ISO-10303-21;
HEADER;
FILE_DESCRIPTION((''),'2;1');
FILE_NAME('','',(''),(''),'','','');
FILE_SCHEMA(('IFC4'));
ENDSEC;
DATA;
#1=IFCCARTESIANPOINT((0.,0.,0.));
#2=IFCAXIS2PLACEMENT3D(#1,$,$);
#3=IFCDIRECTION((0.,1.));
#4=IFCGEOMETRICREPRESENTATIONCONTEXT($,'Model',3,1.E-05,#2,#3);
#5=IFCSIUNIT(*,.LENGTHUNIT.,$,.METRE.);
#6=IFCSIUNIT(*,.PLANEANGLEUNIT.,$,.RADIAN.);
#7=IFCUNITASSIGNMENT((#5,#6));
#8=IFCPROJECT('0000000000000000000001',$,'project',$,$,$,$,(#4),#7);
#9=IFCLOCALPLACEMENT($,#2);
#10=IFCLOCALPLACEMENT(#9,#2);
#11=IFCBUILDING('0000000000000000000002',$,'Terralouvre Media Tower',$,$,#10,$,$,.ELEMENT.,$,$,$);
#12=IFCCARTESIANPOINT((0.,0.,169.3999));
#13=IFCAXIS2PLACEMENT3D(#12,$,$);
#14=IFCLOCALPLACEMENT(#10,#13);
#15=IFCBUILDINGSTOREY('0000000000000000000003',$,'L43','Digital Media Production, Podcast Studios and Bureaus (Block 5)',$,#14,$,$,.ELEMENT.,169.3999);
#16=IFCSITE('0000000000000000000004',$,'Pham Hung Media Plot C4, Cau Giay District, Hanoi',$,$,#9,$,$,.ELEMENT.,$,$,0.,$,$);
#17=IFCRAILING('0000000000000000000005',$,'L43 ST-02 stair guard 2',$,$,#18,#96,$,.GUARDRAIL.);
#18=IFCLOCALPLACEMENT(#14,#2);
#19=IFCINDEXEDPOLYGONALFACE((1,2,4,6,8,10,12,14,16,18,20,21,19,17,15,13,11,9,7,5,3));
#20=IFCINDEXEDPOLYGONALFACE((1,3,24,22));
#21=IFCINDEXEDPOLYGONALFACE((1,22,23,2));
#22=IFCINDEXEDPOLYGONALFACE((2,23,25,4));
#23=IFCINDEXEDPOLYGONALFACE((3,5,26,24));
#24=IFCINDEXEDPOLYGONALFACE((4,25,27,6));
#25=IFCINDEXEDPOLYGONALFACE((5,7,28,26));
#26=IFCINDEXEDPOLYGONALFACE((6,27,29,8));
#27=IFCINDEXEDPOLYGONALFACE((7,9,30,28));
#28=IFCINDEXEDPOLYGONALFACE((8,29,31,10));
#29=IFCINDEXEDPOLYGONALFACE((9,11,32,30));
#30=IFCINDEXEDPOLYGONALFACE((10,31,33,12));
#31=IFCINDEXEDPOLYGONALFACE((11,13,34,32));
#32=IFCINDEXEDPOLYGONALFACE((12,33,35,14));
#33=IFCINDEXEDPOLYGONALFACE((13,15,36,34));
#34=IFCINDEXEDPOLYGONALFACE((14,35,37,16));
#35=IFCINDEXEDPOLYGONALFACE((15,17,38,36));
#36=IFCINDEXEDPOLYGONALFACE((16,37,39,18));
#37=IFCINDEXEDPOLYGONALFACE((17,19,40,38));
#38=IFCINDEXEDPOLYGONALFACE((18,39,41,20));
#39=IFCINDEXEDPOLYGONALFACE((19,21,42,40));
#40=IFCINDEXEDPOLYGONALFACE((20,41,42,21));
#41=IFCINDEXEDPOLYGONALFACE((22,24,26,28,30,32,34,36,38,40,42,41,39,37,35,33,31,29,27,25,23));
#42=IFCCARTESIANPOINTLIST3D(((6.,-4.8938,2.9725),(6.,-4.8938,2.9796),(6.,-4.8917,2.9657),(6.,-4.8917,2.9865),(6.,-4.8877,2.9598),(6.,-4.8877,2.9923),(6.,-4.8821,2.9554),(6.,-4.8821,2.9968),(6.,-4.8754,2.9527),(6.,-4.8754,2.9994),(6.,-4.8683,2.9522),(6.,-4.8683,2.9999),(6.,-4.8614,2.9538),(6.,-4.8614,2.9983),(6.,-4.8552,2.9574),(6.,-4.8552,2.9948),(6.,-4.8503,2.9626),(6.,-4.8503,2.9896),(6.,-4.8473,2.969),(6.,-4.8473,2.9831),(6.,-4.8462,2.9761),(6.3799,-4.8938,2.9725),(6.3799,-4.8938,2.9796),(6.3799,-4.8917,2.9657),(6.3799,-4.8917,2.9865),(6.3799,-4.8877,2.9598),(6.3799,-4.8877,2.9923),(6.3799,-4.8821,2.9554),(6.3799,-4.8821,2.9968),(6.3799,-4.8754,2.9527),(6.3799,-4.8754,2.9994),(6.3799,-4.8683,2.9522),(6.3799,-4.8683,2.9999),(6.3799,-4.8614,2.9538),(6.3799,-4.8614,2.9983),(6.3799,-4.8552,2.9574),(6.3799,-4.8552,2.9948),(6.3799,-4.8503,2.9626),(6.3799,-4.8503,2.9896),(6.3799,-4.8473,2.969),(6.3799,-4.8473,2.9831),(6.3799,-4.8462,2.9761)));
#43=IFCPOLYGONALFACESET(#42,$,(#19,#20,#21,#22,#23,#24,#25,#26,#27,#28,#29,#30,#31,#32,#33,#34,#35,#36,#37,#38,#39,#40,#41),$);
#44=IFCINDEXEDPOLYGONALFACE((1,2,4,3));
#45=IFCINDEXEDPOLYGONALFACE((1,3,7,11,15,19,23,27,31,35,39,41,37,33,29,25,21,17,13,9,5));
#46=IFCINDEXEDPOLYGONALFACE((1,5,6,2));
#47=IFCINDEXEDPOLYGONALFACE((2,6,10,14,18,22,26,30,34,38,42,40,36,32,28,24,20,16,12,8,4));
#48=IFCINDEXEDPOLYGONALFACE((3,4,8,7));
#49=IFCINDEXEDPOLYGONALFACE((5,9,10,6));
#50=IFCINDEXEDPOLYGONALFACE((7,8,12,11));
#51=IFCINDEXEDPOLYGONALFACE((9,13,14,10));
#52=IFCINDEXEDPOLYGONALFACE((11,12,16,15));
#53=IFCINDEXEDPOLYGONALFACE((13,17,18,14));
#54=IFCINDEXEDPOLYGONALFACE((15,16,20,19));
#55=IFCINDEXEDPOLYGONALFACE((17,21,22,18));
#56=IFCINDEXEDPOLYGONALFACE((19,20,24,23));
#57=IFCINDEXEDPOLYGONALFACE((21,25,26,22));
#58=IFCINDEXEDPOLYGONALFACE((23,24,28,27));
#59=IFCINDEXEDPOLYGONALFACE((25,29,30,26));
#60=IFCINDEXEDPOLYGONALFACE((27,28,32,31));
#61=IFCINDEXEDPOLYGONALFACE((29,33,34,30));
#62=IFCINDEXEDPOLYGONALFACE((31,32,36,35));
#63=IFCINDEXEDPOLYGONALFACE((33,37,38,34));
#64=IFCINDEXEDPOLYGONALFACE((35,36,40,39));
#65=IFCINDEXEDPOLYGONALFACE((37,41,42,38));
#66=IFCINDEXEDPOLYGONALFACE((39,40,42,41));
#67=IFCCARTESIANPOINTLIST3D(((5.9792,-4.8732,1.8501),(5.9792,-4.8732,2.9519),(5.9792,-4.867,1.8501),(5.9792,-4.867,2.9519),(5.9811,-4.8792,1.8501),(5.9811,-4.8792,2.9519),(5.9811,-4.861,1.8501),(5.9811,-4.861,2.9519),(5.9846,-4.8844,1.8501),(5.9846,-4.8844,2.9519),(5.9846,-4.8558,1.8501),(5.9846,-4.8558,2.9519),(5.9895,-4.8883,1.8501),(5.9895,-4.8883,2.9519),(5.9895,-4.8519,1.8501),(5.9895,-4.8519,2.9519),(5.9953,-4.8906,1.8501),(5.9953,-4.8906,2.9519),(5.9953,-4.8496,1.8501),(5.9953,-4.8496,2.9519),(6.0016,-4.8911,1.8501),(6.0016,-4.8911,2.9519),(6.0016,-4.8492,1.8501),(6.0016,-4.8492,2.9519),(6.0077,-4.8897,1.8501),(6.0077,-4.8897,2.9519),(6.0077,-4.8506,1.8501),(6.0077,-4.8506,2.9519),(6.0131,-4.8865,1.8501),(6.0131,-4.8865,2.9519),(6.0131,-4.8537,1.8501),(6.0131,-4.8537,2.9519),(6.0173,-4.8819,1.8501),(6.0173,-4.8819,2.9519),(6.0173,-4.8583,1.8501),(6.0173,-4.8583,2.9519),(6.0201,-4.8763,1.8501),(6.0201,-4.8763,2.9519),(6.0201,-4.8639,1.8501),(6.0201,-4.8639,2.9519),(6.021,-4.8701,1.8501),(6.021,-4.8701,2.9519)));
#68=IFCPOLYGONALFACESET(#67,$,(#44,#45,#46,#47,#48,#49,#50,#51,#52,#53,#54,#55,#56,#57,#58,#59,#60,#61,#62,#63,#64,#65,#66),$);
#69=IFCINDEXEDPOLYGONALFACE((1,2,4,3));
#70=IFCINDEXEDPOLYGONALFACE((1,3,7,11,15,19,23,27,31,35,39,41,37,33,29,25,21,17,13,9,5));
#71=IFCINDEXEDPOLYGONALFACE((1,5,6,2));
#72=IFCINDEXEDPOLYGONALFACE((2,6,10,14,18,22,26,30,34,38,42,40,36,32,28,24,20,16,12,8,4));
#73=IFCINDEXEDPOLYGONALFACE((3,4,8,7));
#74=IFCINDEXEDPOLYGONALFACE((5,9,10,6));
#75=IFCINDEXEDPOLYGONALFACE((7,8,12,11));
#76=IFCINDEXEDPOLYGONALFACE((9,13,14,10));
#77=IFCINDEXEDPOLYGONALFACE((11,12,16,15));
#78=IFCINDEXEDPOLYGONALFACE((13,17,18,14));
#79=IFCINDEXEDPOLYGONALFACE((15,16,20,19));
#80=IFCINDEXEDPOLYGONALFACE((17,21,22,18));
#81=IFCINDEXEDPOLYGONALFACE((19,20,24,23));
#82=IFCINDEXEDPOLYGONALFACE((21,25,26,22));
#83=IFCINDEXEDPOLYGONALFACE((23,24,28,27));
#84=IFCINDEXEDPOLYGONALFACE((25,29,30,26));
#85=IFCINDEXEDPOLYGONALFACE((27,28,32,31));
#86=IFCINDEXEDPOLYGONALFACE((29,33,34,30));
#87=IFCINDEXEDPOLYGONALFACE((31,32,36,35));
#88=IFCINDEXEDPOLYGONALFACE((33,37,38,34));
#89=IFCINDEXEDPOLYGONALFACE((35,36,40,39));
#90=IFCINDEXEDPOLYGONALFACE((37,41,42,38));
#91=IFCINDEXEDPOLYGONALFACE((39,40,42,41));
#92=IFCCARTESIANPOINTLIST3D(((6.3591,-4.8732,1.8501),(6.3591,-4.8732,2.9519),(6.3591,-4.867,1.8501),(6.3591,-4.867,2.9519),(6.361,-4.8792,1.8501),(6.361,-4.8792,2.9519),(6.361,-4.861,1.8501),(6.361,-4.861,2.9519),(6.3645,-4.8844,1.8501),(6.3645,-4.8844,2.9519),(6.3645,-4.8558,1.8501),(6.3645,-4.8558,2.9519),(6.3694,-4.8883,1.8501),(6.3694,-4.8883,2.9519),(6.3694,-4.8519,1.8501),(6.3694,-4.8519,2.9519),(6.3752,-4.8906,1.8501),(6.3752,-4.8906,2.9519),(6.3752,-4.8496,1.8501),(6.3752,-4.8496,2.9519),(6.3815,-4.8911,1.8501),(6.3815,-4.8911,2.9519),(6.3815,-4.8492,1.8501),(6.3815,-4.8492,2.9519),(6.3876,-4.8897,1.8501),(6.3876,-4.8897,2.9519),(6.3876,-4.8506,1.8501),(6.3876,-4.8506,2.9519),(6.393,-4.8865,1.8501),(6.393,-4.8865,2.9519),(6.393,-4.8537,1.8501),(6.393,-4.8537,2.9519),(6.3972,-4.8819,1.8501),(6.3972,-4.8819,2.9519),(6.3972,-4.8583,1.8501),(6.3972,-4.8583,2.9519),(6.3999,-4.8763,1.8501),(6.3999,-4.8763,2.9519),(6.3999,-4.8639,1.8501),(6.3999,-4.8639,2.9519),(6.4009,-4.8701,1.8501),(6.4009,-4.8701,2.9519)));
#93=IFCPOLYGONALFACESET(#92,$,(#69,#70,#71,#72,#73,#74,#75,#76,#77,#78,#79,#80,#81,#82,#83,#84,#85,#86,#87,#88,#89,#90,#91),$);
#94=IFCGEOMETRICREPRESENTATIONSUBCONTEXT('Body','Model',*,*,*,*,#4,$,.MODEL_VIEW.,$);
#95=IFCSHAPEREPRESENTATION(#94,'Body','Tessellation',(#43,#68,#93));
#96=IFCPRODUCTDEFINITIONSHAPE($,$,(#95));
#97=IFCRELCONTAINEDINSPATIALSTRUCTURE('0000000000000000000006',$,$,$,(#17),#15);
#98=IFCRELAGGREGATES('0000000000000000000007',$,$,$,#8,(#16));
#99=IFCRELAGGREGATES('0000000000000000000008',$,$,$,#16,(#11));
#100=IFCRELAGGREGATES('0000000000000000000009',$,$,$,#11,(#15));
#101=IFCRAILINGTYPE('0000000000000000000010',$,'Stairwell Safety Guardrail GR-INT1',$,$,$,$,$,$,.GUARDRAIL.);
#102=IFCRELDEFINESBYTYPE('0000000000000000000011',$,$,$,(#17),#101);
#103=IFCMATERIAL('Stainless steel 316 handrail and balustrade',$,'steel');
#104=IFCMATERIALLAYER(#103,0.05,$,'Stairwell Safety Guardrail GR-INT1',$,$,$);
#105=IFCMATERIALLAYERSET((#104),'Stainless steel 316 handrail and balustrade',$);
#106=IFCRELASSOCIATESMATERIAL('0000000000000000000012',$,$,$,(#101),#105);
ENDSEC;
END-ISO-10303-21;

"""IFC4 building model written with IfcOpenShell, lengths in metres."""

from ifc_helpers import new_model, si_unit, direction, frame, origin, origin_2d, place, context, subcontext, project, spatial, circle, extrude, material, layer, layer_set, type_object, element, save


model = new_model("IFC4")

# Units and contexts
model_context = context("Model", 3, precision=1e-05, world=origin(), true_north=direction((0.0, 1.0)))
body_context = subcontext(model_context, "Body", "Model", "MODEL_VIEW")
ifc_project = project(units=[si_unit("LENGTHUNIT", "METRE"), si_unit("PLANEANGLEUNIT", "RADIAN")], contexts=[model_context])

# Site, building, storey
site_placement = place(None, origin())
site = spatial("IfcSite", under=ifc_project, at=site_placement, Name="Pham Hung Media Plot C4, Cau Giay District, Hanoi", CompositionType="ELEMENT", RefElevation=0.0)
building_placement = place(site_placement, origin())
building = spatial("IfcBuilding", under=site, at=building_placement, Name="Terralouvre Media Tower", CompositionType="ELEMENT")
storey_placement = place(building_placement, frame((0.0, 0.0, 169.3999)))
storey = spatial("IfcBuildingStorey", under=building, at=storey_placement, Name="L43", Description="Digital Media Production, Podcast Studios and Bureaus (Block 5)", CompositionType="ELEMENT", Elevation=169.3999)

# Railing
ifc_material_1 = material(Name="Stainless steel 316 handrail and balustrade", Category="steel")
ifc_layer_1 = layer(ifc_material_1, 0.05, Name="Stairwell Safety Guardrail GR-INT1")
ifc_layer_set_1 = layer_set([ifc_layer_1], Name="Stainless steel 316 handrail and balustrade")
railing_type_1 = type_object("IfcRailingType", Name="Stairwell Safety Guardrail GR-INT1", PredefinedType="GUARDRAIL", material=ifc_layer_set_1)
railing_1_placement = place(storey_placement, frame((6.0, -4.8701, 1.8501)))
element("IfcRailing", 1, at=railing_1_placement, inside=storey, type_object=railing_type_1, Name="L43 ST-02 stair guard 2", PredefinedType="GUARDRAIL", context=body_context, shape_type="SweptSolid", body=[
    extrude(circle(Radius=0.0239, at=origin_2d()), frame((0.0, 0.0, 1.126), z_axis=(1.0, 0.0, 0.0), x_axis=(0.0, 1.0, 0.0)), (0.0, 0.0, 1.0), 0.3799),
    extrude(circle(Radius=0.021, at=origin_2d()), origin(), (0.0, 0.0, 1.0), 1.1018),
    extrude(circle(Radius=0.021, at=origin_2d()), frame((0.3799, 0.0, 0.0)), (0.0, 0.0, 1.0), 1.1018),
])

save(model, "model.ifc")
